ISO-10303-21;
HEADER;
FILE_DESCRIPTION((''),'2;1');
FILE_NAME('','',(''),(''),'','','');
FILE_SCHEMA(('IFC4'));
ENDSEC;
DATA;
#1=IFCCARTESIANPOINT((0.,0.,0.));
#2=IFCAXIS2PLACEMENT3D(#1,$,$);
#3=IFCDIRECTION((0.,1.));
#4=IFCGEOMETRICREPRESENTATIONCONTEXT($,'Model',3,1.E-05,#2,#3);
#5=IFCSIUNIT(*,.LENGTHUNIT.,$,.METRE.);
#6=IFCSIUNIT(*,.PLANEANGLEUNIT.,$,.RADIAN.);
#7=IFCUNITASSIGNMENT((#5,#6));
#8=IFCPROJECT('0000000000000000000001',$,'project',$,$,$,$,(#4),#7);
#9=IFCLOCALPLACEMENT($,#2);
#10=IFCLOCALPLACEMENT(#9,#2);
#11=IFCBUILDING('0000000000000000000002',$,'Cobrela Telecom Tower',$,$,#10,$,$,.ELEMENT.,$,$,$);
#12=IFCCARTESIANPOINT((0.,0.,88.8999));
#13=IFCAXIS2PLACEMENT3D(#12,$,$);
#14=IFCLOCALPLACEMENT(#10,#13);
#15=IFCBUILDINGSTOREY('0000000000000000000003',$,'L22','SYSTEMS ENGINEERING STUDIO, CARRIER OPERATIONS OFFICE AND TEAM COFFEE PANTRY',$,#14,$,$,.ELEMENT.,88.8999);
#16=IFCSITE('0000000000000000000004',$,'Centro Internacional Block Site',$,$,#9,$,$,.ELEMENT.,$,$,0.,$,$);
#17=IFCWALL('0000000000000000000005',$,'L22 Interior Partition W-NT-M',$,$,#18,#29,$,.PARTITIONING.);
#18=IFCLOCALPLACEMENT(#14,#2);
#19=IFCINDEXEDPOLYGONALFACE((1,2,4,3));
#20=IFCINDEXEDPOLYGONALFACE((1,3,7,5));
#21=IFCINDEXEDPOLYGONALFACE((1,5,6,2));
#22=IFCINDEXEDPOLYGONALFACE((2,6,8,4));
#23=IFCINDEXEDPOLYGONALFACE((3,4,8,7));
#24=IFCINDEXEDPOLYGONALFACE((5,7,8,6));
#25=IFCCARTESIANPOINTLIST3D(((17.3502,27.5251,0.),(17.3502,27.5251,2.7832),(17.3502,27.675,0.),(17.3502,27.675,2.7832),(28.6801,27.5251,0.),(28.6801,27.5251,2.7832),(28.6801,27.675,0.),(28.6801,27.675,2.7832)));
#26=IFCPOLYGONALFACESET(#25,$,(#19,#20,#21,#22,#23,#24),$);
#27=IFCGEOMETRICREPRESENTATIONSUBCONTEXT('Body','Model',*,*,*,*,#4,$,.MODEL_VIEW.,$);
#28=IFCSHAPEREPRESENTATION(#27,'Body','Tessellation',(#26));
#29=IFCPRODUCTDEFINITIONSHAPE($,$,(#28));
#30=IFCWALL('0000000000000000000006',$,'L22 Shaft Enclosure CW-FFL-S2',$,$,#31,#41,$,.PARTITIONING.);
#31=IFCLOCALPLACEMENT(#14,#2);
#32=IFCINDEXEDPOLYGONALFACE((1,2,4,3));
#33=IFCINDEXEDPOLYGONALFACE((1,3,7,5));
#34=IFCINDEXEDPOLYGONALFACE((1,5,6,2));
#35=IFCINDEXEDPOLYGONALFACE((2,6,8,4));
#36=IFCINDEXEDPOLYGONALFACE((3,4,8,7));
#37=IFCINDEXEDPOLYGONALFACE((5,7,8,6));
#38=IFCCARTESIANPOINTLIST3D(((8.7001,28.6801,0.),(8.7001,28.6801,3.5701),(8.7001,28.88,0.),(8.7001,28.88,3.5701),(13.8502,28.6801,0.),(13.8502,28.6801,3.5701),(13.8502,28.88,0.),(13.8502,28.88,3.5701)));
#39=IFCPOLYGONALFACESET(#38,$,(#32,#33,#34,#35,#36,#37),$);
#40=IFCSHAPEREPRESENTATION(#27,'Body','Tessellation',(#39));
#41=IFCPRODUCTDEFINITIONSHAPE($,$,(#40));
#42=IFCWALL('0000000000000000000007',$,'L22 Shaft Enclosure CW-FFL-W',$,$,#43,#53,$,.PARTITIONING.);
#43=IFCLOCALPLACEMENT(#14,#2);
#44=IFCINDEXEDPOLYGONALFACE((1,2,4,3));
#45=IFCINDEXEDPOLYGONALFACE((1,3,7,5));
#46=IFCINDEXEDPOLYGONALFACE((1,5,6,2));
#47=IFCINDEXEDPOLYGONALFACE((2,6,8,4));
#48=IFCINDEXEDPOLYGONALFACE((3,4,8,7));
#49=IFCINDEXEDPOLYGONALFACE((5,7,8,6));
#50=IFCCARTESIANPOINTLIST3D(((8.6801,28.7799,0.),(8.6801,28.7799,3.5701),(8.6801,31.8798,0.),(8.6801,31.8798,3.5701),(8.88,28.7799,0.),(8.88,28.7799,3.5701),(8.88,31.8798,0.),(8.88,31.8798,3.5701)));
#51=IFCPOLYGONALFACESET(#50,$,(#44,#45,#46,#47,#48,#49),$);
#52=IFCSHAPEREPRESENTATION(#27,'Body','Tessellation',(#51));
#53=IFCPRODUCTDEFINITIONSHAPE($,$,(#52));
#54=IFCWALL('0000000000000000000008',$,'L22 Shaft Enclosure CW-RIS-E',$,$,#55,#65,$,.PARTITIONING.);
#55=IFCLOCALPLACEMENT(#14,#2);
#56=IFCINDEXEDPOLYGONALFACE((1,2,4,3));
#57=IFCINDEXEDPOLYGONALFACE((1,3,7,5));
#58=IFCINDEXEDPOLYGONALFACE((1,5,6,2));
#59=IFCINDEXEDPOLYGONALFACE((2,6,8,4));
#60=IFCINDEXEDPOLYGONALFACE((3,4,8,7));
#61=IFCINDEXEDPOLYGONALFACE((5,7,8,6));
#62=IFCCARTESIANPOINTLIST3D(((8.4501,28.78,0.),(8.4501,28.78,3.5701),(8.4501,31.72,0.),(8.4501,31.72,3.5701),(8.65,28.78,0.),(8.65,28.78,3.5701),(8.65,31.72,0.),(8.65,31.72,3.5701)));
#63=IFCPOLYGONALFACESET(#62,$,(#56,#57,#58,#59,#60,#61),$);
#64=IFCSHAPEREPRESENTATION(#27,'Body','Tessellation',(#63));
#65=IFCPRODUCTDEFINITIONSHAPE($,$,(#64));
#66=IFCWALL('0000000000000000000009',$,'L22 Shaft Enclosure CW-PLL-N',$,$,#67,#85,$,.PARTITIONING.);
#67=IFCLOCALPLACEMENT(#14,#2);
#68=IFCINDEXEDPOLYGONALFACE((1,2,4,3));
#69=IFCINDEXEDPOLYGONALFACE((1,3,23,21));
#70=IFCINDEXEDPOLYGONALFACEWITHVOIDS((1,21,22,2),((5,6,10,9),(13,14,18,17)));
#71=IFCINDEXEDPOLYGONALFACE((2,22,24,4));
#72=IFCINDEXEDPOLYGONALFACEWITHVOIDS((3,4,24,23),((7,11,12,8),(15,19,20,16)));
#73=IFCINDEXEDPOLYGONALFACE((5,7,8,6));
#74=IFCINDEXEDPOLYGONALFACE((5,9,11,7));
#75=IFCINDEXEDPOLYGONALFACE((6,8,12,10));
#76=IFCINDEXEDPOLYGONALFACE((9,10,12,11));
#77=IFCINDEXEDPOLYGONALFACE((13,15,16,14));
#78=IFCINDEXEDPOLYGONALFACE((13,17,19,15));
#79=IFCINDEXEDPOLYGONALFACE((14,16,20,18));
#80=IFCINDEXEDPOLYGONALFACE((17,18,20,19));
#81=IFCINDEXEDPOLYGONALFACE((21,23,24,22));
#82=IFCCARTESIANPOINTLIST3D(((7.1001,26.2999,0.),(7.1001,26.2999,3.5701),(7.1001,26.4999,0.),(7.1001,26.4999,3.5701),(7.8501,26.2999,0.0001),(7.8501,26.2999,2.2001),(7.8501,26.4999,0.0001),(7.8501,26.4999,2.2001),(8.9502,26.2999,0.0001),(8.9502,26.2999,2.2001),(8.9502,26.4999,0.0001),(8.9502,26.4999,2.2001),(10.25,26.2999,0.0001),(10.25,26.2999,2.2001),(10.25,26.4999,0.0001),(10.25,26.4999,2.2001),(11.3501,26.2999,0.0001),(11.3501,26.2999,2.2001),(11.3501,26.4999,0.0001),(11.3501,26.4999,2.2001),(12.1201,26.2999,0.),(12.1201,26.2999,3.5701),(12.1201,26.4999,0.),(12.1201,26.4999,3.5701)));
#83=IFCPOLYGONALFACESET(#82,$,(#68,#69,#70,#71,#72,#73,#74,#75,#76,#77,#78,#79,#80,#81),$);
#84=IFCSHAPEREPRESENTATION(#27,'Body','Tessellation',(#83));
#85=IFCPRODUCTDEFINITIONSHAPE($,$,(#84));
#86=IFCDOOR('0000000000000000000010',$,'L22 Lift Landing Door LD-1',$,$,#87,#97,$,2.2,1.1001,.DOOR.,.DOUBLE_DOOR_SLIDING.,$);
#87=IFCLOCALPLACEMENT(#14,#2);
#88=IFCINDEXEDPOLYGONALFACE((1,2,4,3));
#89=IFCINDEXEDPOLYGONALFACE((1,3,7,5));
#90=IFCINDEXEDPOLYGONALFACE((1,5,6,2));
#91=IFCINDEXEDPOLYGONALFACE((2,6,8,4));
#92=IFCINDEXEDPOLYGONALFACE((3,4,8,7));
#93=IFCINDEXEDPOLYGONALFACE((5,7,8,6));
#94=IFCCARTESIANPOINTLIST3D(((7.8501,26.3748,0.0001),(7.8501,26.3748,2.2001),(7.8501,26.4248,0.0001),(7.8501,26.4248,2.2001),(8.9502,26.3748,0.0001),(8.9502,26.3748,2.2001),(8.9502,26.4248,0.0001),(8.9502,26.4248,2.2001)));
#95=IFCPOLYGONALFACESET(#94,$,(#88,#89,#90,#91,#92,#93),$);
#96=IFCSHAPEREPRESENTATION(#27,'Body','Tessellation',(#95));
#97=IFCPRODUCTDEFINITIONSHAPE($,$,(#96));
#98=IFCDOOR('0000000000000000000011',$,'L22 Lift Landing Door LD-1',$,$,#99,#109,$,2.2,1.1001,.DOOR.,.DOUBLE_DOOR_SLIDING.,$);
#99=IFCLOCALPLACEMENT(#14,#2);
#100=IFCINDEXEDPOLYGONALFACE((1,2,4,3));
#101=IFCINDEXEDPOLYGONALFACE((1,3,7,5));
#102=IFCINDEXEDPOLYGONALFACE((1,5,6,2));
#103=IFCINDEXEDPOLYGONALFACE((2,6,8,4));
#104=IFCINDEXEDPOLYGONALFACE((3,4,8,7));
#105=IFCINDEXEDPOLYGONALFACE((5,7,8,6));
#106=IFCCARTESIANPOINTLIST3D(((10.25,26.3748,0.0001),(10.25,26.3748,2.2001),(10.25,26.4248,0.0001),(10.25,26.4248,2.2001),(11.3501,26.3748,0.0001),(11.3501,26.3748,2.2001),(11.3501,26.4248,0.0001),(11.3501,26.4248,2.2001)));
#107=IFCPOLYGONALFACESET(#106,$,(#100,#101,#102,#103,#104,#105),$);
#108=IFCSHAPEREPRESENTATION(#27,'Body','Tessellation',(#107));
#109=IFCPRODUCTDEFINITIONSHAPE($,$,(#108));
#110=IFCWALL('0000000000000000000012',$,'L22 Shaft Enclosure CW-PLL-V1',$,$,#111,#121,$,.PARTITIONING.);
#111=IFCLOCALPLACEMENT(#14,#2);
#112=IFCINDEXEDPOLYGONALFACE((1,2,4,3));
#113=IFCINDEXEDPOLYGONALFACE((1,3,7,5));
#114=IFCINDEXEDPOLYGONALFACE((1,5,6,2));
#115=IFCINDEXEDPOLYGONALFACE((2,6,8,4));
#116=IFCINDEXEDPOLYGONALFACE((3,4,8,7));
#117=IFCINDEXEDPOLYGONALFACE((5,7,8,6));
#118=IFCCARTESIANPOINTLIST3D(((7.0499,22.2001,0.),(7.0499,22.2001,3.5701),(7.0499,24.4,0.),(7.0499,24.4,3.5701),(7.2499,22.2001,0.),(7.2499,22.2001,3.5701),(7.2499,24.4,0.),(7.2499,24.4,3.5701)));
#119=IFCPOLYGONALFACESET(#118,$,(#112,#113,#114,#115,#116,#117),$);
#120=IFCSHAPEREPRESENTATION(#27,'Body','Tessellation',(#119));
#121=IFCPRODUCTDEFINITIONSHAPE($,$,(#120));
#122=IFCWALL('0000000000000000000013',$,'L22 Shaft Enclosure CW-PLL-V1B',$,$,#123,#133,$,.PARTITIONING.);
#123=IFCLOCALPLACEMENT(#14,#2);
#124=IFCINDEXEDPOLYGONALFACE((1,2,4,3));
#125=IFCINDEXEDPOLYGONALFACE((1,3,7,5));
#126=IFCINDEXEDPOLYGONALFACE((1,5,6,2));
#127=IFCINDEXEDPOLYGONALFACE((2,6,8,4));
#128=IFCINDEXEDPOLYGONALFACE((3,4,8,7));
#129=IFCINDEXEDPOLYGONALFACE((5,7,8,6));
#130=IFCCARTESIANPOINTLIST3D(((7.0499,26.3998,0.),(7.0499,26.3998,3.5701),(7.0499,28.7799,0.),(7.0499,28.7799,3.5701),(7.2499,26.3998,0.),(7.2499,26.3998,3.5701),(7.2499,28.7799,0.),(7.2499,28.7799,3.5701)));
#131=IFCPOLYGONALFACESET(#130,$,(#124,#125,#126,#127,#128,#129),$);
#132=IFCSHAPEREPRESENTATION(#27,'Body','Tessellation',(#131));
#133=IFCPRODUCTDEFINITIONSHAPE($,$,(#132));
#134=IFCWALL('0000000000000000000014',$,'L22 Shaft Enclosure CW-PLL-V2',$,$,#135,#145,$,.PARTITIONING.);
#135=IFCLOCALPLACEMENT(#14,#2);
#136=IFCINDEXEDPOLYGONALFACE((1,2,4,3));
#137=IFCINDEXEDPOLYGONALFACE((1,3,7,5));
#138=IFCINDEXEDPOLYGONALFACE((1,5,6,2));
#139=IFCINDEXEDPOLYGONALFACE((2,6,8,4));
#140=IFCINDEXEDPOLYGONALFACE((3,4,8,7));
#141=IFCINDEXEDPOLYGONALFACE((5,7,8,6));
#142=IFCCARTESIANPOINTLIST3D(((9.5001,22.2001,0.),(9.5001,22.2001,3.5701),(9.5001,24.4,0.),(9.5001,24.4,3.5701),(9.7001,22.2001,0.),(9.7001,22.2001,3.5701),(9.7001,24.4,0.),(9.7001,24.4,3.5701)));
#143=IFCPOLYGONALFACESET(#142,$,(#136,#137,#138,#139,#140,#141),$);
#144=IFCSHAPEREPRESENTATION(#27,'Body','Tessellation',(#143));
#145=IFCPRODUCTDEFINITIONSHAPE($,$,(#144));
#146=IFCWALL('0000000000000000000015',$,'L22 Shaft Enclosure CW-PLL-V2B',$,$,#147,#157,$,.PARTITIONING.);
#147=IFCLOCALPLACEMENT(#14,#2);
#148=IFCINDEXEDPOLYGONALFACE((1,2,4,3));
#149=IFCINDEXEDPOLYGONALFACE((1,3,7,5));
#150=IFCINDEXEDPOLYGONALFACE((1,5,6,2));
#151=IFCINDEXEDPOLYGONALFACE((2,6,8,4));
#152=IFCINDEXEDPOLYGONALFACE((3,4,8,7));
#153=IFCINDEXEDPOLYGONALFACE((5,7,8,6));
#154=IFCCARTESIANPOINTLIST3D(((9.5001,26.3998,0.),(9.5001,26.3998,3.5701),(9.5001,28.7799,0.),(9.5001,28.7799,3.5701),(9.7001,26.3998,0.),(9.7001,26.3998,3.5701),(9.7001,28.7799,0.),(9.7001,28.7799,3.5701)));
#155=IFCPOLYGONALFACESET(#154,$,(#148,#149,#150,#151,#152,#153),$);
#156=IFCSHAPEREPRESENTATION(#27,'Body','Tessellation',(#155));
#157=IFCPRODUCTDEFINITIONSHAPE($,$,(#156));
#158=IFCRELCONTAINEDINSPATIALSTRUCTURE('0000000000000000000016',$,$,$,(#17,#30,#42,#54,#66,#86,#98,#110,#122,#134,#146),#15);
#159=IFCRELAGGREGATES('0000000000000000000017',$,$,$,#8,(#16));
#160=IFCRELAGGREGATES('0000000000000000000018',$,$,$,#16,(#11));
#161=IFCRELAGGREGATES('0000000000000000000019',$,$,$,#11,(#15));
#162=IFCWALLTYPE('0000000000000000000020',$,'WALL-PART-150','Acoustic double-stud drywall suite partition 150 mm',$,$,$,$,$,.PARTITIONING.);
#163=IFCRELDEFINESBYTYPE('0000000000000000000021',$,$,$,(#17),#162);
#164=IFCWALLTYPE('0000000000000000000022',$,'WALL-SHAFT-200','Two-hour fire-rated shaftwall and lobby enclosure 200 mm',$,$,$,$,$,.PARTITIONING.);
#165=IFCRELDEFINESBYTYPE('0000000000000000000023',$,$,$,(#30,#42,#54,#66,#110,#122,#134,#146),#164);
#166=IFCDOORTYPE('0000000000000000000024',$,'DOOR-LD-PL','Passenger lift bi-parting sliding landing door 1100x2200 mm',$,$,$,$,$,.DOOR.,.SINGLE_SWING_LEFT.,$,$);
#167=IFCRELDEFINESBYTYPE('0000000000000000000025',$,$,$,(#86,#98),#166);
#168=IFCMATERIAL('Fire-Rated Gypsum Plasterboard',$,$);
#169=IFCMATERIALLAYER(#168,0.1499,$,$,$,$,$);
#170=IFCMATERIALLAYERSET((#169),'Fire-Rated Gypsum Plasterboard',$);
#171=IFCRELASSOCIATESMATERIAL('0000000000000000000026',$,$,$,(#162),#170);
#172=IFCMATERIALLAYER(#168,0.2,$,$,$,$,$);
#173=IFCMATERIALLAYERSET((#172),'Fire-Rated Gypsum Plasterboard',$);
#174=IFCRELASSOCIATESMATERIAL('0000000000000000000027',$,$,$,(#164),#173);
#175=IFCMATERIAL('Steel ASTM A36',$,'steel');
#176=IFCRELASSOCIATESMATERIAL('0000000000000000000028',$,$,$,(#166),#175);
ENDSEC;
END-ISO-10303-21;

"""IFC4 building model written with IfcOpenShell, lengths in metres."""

from ifc_helpers import new_model, si_unit, direction, frame, frame_2d, origin, place, context, subcontext, project, spatial, rectangle, extrude, material, layer, layer_set, type_object, element, fill, save


model = new_model("IFC4")

# Units and contexts
model_context = context("Model", 3, precision=1e-05, world=origin(), true_north=direction((0.0, 1.0)))
body_context = subcontext(model_context, "Body", "Model", "MODEL_VIEW")
ifc_project = project(units=[si_unit("LENGTHUNIT", "METRE"), si_unit("PLANEANGLEUNIT", "RADIAN")], contexts=[model_context])

# Site, building, storey
site_placement = place(None, origin())
site = spatial("IfcSite", under=ifc_project, at=site_placement, Name="Centro Internacional Block Site", CompositionType="ELEMENT", RefElevation=0.0)
building_placement = place(site_placement, origin())
building = spatial("IfcBuilding", under=site, at=building_placement, Name="Cobrela Telecom Tower", CompositionType="ELEMENT")
storey_placement = place(building_placement, frame((0.0, 0.0, 88.8999)))
storey = spatial("IfcBuildingStorey", under=building, at=storey_placement, Name="L22", Description="SYSTEMS ENGINEERING STUDIO, CARRIER OPERATIONS OFFICE AND TEAM COFFEE PANTRY", CompositionType="ELEMENT", Elevation=88.8999)

# Walls
ifc_material_1 = material(Name="Fire-Rated Gypsum Plasterboard")
ifc_layer_1 = layer(ifc_material_1, 0.1499)
ifc_layer_set_1 = layer_set([ifc_layer_1], Name="Fire-Rated Gypsum Plasterboard")
wall_type_1 = type_object("IfcWallType", Name="WALL-PART-150", Description="Acoustic double-stud drywall suite partition 150 mm", PredefinedType="PARTITIONING", material=ifc_layer_set_1)
wall_1_placement = place(storey_placement, frame((17.3501, 27.6001, 0.0), z_axis=(0.0, 0.0, 1.0), x_axis=(1.0, 0.0, 0.0)))
element("IfcWall", 1, at=wall_1_placement, inside=storey, type_object=wall_type_1, Name="L22 Interior Partition W-NT-M", PredefinedType="PARTITIONING", context=body_context, shape_type="SweptSolid", body=[
    extrude(rectangle(XDim=11.3298, YDim=0.1499, at=frame_2d((5.665, 0.0))), origin(), (0.0, 0.0, 1.0), 2.7832),
])
ifc_layer_2 = layer(ifc_material_1, 0.2)
ifc_layer_set_2 = layer_set([ifc_layer_2], Name="Fire-Rated Gypsum Plasterboard")
wall_type_2 = type_object("IfcWallType", Name="WALL-SHAFT-200", Description="Two-hour fire-rated shaftwall and lobby enclosure 200 mm", PredefinedType="PARTITIONING", material=ifc_layer_set_2)
wall_2_placement = place(storey_placement, frame((8.7, 28.78, 0.0), z_axis=(0.0, 0.0, 1.0), x_axis=(1.0, 0.0, 0.0)))
element("IfcWall", 2, at=wall_2_placement, inside=storey, type_object=wall_type_2, Name="L22 Shaft Enclosure CW-FFL-S2", PredefinedType="PARTITIONING", context=body_context, shape_type="SweptSolid", body=[
    extrude(rectangle(XDim=5.1501, YDim=0.2, at=frame_2d((2.5752, 0.0))), origin(), (0.0, 0.0, 1.0), 3.5701),
])
wall_3_placement = place(storey_placement, frame((8.78, 28.78, 0.0), z_axis=(0.0, 0.0, 1.0), x_axis=(0.0, 1.0, 0.0)))
element("IfcWall", 3, at=wall_3_placement, inside=storey, type_object=wall_type_2, Name="L22 Shaft Enclosure CW-FFL-W", PredefinedType="PARTITIONING", context=body_context, shape_type="SweptSolid", body=[
    extrude(rectangle(XDim=3.0999, YDim=0.2, at=frame_2d((1.5498, 0.0))), origin(), (0.0, 0.0, 1.0), 3.5701),
])
wall_4_placement = place(storey_placement, frame((8.55, 28.78, 0.0), z_axis=(0.0, 0.0, 1.0), x_axis=(0.0, 1.0, 0.0)))
element("IfcWall", 4, at=wall_4_placement, inside=storey, type_object=wall_type_2, Name="L22 Shaft Enclosure CW-RIS-E", PredefinedType="PARTITIONING", context=body_context, shape_type="SweptSolid", body=[
    extrude(rectangle(XDim=2.9399, YDim=0.2, at=frame_2d((1.47, 0.0))), origin(), (0.0, 0.0, 1.0), 3.5701),
])

# Wall, openings, doors
wall_5_placement = place(storey_placement, frame((7.1001, 26.3999, 0.0), z_axis=(0.0, 0.0, 1.0), x_axis=(1.0, 0.0, 0.0)))
wall_5 = element("IfcWall", 5, at=wall_5_placement, inside=storey, type_object=wall_type_2, Name="L22 Shaft Enclosure CW-PLL-N", PredefinedType="PARTITIONING", context=body_context, shape_type="SweptSolid", body=[
    extrude(rectangle(XDim=5.02, YDim=0.2, at=frame_2d((2.51, 0.0))), origin(), (0.0, 0.0, 1.0), 3.5701),
])
opening_1_placement = place(wall_5_placement, frame((0.75, 0.0, 0.0)))
opening_1 = element("IfcOpeningElement", 6, at=opening_1_placement, cuts=wall_5, PredefinedType="OPENING", context=body_context, shape_type="SweptSolid", body=[
    extrude(rectangle(XDim=1.1001, YDim=2.2, at=frame_2d((0.55, 1.1001))), frame((0.0, 0.1118, 0.0), z_axis=(0.0, -1.0, 0.0), x_axis=(1.0, 0.0, 0.0)), (0.0, 0.0, 1.0), 0.2239),
])
opening_2_placement = place(wall_5_placement, frame((3.1499, 0.0, 0.0)))
opening_2 = element("IfcOpeningElement", 7, at=opening_2_placement, cuts=wall_5, PredefinedType="OPENING", context=body_context, shape_type="SweptSolid", body=[
    extrude(rectangle(XDim=1.1001, YDim=2.2, at=frame_2d((0.55, 1.1001))), frame((0.0, 0.1118, 0.0), z_axis=(0.0, -1.0, 0.0), x_axis=(1.0, 0.0, 0.0)), (0.0, 0.0, 1.0), 0.2239),
])
ifc_material_2 = material(Name="Steel ASTM A36", Category="steel")
door_type_1 = type_object("IfcDoorType", Name="DOOR-LD-PL", Description="Passenger lift bi-parting sliding landing door 1100x2200 mm", OperationType="SINGLE_SWING_LEFT", PredefinedType="DOOR", material=ifc_material_2)
door_1_placement = place(opening_1_placement, origin())
door_1 = element("IfcDoor", 8, at=door_1_placement, inside=storey, type_object=door_type_1, Name="L22 Lift Landing Door LD-1", OperationType="DOUBLE_DOOR_SLIDING", OverallHeight=2.2, OverallWidth=1.1001, PredefinedType="DOOR", context=body_context, shape_type="SweptSolid", body=[
    extrude(rectangle(XDim=1.1001, YDim=2.2, at=frame_2d((0.55, 1.1001))), frame((0.0, 0.0249, 0.0), z_axis=(0.0, -1.0, 0.0), x_axis=(1.0, 0.0, 0.0)), (0.0, 0.0, 1.0), 0.05),
])
fill(opening_1, door_1)
door_2_placement = place(opening_2_placement, origin())
door_2 = element("IfcDoor", 9, at=door_2_placement, inside=storey, type_object=door_type_1, Name="L22 Lift Landing Door LD-1", OperationType="DOUBLE_DOOR_SLIDING", OverallHeight=2.2, OverallWidth=1.1001, PredefinedType="DOOR", context=body_context, shape_type="SweptSolid", body=[
    extrude(rectangle(XDim=1.1001, YDim=2.2, at=frame_2d((0.55, 1.1001))), frame((0.0, 0.0249, 0.0), z_axis=(0.0, -1.0, 0.0), x_axis=(1.0, 0.0, 0.0)), (0.0, 0.0, 1.0), 0.05),
])
fill(opening_2, door_2)

# Walls
wall_6_placement = place(storey_placement, frame((7.1499, 22.2, 0.0), z_axis=(0.0, 0.0, 1.0), x_axis=(0.0, 1.0, 0.0)))
element("IfcWall", 10, at=wall_6_placement, inside=storey, type_object=wall_type_2, Name="L22 Shaft Enclosure CW-PLL-V1", PredefinedType="PARTITIONING", context=body_context, shape_type="SweptSolid", body=[
    extrude(rectangle(XDim=2.2, YDim=0.2, at=frame_2d((1.1001, 0.0))), origin(), (0.0, 0.0, 1.0), 3.5701),
])
wall_7_placement = place(storey_placement, frame((7.1499, 26.3999, 0.0), z_axis=(0.0, 0.0, 1.0), x_axis=(0.0, 1.0, 0.0)))
element("IfcWall", 11, at=wall_7_placement, inside=storey, type_object=wall_type_2, Name="L22 Shaft Enclosure CW-PLL-V1B", PredefinedType="PARTITIONING", context=body_context, shape_type="SweptSolid", body=[
    extrude(rectangle(XDim=2.3801, YDim=0.2, at=frame_2d((1.1899, 0.0))), origin(), (0.0, 0.0, 1.0), 3.5701),
])
wall_8_placement = place(storey_placement, frame((9.6001, 22.2, 0.0), z_axis=(0.0, 0.0, 1.0), x_axis=(0.0, 1.0, 0.0)))
element("IfcWall", 12, at=wall_8_placement, inside=storey, type_object=wall_type_2, Name="L22 Shaft Enclosure CW-PLL-V2", PredefinedType="PARTITIONING", context=body_context, shape_type="SweptSolid", body=[
    extrude(rectangle(XDim=2.2, YDim=0.2, at=frame_2d((1.1001, 0.0))), origin(), (0.0, 0.0, 1.0), 3.5701),
])
wall_9_placement = place(storey_placement, frame((9.6001, 26.3999, 0.0), z_axis=(0.0, 0.0, 1.0), x_axis=(0.0, 1.0, 0.0)))
element("IfcWall", 13, at=wall_9_placement, inside=storey, type_object=wall_type_2, Name="L22 Shaft Enclosure CW-PLL-V2B", PredefinedType="PARTITIONING", context=body_context, shape_type="SweptSolid", body=[
    extrude(rectangle(XDim=2.3801, YDim=0.2, at=frame_2d((1.1899, 0.0))), origin(), (0.0, 0.0, 1.0), 3.5701),
])

save(model, "model.ifc")
